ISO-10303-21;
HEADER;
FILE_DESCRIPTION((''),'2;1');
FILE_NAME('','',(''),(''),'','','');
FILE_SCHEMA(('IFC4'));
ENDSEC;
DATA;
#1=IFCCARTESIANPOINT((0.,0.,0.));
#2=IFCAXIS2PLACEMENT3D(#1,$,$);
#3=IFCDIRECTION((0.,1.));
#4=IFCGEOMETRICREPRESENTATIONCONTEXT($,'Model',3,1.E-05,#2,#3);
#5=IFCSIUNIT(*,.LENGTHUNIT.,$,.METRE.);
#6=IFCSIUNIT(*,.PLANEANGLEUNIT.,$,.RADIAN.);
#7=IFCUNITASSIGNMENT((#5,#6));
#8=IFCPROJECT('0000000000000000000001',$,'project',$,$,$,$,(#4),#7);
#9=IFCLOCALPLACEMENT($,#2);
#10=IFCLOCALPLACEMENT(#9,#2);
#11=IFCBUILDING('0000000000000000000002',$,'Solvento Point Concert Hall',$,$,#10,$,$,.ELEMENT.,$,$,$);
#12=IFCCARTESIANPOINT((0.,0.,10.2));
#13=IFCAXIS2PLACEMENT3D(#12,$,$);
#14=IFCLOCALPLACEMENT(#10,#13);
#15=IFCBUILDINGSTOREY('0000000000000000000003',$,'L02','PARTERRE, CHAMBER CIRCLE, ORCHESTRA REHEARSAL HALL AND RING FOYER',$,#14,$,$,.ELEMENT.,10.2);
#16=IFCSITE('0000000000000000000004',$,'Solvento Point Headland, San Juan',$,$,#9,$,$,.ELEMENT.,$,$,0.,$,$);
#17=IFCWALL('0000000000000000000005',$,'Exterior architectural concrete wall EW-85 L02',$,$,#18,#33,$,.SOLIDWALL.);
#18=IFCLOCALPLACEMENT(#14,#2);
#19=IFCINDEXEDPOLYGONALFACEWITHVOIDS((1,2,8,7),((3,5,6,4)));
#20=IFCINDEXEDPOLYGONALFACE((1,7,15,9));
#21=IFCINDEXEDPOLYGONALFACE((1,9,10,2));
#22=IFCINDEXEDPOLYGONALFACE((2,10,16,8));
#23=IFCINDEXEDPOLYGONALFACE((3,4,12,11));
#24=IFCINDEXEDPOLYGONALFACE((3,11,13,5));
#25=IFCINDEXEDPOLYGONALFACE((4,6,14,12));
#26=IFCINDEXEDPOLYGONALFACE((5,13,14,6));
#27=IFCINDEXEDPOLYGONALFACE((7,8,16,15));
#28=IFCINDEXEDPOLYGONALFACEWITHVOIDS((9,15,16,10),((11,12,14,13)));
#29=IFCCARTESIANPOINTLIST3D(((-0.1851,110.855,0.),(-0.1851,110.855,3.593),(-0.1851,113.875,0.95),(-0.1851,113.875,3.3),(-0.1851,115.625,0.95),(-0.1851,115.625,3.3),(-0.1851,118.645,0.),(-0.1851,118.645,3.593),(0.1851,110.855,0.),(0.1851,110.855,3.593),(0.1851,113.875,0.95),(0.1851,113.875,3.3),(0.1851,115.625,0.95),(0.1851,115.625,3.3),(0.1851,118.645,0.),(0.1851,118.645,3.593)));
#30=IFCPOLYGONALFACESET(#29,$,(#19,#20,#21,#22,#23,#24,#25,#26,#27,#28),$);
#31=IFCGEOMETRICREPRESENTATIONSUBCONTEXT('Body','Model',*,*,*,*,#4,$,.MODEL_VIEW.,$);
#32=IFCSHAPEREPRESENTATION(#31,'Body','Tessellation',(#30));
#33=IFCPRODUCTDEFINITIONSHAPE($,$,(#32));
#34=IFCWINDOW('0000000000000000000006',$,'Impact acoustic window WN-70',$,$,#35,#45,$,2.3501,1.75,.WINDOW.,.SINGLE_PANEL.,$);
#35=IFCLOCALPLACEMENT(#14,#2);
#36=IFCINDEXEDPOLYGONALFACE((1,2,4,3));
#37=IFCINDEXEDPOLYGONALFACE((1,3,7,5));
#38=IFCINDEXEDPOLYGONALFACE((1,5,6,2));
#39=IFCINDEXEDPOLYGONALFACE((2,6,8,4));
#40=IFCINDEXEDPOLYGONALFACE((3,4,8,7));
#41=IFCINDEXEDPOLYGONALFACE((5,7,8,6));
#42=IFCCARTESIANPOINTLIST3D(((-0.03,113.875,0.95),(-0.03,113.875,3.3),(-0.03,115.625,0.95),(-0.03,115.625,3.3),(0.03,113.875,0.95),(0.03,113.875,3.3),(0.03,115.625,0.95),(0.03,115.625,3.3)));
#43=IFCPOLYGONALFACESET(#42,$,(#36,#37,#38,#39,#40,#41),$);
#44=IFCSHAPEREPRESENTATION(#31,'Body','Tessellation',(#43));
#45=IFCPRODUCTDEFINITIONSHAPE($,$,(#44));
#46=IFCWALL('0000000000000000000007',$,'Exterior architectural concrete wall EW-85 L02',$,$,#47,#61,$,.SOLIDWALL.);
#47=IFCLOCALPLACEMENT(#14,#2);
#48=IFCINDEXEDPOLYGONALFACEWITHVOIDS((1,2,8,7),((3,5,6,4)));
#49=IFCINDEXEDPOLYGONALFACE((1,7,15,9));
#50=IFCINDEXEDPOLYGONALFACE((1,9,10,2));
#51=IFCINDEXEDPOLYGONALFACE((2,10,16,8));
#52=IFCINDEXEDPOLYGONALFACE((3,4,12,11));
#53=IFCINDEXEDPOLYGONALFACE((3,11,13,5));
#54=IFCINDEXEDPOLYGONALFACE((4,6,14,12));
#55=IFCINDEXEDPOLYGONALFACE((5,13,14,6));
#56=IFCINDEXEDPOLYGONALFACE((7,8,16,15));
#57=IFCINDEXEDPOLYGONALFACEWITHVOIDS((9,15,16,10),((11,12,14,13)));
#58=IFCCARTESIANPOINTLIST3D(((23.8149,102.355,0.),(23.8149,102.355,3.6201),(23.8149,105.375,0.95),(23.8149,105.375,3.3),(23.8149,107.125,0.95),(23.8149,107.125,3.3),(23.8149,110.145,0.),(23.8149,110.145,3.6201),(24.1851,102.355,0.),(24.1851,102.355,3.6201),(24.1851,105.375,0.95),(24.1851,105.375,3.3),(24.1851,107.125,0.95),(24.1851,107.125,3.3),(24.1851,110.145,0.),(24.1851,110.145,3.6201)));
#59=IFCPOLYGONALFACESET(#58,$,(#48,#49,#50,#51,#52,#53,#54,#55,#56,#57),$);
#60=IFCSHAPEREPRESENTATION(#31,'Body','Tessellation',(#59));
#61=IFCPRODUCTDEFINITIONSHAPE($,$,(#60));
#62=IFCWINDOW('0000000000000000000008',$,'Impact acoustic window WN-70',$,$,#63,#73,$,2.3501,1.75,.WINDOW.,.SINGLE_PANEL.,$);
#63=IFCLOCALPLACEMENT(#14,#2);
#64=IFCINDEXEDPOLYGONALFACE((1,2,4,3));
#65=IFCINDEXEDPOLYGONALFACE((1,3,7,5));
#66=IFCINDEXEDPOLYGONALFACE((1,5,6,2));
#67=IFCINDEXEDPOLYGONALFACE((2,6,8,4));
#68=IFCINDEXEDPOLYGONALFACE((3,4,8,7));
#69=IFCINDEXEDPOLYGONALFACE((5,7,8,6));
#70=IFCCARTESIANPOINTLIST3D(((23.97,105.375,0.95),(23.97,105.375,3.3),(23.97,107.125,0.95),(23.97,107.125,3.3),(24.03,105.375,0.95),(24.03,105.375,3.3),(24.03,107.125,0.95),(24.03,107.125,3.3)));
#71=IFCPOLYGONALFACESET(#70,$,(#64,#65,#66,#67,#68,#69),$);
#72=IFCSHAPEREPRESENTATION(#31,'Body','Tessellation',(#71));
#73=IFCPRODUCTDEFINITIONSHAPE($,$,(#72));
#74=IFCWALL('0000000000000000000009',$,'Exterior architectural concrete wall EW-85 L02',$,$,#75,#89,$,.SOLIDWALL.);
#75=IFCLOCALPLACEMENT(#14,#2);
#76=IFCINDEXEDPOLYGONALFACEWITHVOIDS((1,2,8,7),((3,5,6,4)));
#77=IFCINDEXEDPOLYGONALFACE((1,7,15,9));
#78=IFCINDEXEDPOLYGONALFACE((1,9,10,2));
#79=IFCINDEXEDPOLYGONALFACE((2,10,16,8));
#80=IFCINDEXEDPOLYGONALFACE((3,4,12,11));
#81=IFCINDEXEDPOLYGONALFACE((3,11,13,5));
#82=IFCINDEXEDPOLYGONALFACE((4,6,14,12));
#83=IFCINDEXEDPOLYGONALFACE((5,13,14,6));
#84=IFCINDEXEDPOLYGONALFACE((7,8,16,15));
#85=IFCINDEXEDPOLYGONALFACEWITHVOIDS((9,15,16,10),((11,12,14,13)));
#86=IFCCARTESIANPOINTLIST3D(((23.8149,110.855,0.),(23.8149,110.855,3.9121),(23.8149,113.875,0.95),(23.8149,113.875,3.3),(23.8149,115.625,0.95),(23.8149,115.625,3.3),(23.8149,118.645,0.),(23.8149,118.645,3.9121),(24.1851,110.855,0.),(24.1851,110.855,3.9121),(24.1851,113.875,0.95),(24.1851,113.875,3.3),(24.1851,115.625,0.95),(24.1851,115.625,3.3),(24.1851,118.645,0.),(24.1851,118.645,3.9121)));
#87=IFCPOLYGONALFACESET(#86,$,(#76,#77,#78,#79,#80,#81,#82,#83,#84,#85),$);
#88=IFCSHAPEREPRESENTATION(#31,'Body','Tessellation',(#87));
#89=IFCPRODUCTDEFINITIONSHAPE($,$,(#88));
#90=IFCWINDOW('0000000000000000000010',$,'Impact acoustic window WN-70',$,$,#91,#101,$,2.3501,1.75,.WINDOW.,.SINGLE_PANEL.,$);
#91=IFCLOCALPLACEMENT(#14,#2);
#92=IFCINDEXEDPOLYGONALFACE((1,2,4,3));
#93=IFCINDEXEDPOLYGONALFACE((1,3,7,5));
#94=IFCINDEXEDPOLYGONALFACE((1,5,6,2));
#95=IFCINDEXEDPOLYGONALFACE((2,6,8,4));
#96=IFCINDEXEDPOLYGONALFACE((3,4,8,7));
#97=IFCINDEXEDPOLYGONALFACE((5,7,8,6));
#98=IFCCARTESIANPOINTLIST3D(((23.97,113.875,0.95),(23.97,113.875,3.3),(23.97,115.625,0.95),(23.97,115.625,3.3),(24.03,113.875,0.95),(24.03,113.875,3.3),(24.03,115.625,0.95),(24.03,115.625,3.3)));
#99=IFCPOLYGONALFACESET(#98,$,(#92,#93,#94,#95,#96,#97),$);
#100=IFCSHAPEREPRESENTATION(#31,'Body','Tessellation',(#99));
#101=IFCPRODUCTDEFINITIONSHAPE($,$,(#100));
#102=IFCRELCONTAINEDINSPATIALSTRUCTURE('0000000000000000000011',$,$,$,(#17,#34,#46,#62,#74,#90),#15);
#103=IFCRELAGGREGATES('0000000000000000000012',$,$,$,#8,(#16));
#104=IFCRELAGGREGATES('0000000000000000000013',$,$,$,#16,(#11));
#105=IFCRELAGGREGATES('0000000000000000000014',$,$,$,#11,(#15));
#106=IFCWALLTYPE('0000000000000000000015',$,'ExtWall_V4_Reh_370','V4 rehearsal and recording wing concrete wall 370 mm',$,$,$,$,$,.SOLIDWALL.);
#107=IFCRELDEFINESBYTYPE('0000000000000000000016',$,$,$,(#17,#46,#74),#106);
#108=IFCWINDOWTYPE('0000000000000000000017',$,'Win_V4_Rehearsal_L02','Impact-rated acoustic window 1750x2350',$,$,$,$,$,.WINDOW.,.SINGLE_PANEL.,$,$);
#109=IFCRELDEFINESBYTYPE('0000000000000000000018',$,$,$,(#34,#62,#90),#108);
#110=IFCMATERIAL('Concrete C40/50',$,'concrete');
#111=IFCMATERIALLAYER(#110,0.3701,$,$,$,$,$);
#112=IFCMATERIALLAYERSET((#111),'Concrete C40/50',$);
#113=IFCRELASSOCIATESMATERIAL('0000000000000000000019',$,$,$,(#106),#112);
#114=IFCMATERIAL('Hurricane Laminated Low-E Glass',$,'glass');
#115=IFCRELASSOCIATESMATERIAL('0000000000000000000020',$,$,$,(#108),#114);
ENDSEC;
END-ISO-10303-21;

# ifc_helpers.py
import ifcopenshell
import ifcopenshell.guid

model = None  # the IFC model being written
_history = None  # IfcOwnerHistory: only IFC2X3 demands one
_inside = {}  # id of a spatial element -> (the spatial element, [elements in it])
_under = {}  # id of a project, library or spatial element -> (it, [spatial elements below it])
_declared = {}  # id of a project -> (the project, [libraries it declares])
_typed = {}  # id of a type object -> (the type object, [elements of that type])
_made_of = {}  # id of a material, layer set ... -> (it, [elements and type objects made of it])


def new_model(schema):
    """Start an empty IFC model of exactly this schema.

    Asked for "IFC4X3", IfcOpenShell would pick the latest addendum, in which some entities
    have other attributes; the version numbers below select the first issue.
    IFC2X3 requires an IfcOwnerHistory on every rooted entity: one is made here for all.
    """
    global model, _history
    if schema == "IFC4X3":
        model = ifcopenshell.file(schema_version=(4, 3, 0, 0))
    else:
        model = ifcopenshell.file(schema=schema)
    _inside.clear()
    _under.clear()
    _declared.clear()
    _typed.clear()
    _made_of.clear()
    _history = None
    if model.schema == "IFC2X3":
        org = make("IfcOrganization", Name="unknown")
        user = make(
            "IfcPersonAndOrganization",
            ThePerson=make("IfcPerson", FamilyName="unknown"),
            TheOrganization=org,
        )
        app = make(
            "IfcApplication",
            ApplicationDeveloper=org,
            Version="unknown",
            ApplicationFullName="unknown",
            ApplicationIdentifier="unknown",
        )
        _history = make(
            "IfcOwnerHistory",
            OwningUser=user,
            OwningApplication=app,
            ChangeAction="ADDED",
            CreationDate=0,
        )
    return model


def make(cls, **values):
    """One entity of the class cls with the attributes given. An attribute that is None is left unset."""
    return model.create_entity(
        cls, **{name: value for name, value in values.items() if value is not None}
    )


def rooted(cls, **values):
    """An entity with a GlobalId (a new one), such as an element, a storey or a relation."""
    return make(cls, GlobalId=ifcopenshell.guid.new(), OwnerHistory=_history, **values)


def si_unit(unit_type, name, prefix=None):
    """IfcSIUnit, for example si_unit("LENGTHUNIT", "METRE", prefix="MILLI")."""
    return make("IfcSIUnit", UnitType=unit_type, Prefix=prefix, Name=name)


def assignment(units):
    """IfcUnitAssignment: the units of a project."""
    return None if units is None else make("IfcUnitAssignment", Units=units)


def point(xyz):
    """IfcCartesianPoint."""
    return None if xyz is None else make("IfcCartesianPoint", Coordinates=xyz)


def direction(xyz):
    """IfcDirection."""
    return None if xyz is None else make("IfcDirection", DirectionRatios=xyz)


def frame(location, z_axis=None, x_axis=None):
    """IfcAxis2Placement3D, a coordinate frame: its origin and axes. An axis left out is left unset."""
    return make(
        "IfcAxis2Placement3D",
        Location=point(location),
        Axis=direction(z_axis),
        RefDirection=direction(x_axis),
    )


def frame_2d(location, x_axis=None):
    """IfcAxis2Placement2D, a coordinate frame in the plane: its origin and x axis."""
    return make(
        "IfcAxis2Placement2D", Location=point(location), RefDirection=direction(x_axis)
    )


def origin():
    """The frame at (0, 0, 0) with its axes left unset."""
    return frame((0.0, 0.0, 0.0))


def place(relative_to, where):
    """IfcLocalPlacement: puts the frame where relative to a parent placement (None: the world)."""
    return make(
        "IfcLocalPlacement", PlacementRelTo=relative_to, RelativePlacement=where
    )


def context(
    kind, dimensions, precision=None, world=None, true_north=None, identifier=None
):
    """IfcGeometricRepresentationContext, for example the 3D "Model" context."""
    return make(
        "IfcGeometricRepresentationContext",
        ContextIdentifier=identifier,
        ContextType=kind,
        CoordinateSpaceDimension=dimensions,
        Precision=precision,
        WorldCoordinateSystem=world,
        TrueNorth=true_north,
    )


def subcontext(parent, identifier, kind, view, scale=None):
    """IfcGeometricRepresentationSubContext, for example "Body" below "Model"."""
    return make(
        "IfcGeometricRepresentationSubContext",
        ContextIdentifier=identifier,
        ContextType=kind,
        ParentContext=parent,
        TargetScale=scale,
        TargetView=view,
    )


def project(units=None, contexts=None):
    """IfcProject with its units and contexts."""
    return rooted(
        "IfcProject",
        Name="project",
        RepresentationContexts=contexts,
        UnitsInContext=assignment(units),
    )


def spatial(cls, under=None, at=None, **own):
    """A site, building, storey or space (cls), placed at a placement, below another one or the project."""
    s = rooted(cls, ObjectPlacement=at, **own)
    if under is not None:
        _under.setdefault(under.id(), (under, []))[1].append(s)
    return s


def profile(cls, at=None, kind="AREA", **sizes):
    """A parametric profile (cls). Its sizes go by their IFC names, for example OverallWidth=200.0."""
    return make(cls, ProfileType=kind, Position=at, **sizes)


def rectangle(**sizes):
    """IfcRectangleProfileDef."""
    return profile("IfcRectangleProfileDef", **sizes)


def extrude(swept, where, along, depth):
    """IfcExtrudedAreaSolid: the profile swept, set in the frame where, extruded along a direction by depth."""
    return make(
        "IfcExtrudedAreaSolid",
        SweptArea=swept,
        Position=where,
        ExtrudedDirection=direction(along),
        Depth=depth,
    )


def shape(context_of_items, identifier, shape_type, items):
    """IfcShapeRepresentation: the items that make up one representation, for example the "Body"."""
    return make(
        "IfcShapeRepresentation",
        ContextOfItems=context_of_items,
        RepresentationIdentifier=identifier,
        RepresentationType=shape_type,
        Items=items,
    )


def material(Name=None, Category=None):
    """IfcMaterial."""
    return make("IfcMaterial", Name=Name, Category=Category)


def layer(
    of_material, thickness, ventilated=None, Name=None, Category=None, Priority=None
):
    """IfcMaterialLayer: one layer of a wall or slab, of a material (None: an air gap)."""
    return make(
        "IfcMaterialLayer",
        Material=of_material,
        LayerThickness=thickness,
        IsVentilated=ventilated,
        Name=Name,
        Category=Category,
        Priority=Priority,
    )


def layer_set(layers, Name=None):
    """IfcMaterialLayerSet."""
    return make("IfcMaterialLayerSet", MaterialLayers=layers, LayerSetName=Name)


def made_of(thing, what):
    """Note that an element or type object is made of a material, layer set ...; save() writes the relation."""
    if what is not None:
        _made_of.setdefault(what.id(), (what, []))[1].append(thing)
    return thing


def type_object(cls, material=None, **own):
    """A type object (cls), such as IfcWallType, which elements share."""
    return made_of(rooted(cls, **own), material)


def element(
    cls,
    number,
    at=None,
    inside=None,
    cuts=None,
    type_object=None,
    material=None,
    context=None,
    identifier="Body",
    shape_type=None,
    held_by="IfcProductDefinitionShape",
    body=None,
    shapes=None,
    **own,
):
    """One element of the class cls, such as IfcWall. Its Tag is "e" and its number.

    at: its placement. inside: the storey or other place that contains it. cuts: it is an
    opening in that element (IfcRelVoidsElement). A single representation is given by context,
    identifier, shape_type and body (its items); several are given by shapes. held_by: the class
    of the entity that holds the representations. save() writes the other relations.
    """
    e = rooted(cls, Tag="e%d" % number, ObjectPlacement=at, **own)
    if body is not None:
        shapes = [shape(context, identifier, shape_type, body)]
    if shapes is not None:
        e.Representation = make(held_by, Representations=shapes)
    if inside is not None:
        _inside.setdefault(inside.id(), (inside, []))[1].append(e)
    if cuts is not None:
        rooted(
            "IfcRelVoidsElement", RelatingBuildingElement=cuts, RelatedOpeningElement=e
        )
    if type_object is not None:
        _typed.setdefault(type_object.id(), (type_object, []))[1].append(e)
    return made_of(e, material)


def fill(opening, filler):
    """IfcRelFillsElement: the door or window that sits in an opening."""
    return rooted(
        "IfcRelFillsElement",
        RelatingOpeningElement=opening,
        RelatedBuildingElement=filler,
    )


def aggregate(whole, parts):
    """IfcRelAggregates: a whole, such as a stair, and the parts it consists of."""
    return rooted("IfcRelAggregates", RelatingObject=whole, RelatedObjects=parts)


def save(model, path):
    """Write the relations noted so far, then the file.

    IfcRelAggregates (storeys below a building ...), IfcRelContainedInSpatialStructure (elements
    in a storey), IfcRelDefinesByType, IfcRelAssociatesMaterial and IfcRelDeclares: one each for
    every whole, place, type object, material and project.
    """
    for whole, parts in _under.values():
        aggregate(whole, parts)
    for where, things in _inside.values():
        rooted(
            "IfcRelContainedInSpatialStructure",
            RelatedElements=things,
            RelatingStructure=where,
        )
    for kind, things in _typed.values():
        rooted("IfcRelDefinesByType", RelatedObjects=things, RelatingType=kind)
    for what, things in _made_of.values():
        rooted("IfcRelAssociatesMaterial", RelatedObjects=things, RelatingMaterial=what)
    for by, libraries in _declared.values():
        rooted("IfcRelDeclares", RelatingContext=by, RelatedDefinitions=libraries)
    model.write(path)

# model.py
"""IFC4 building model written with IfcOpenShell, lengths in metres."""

from ifc_helpers import new_model, si_unit, direction, frame, frame_2d, origin, place, context, subcontext, project, spatial, rectangle, extrude, material, layer, layer_set, type_object, element, fill, save


model = new_model("IFC4")

# Units and contexts
model_context = context("Model", 3, precision=1e-05, world=origin(), true_north=direction((0.0, 1.0)))
body_context = subcontext(model_context, "Body", "Model", "MODEL_VIEW")
ifc_project = project(units=[si_unit("LENGTHUNIT", "METRE"), si_unit("PLANEANGLEUNIT", "RADIAN")], contexts=[model_context])

# Site, building, storey
site_placement = place(None, origin())
site = spatial("IfcSite", under=ifc_project, at=site_placement, Name="Solvento Point Headland, San Juan", CompositionType="ELEMENT", RefElevation=0.0)
building_placement = place(site_placement, origin())
building = spatial("IfcBuilding", under=site, at=building_placement, Name="Solvento Point Concert Hall", CompositionType="ELEMENT")
storey_placement = place(building_placement, frame((0.0, 0.0, 10.2)))
storey = spatial("IfcBuildingStorey", under=building, at=storey_placement, Name="L02", Description="PARTERRE, CHAMBER CIRCLE, ORCHESTRA REHEARSAL HALL AND RING FOYER", CompositionType="ELEMENT", Elevation=10.2)

# Walls, openings, windows
ifc_material_1 = material(Name="Concrete C40/50", Category="concrete")
ifc_layer_1 = layer(ifc_material_1, 0.3701)
ifc_layer_set_1 = layer_set([ifc_layer_1], Name="Concrete C40/50")
wall_type_1 = type_object("IfcWallType", Name="ExtWall_V4_Reh_370", Description="V4 rehearsal and recording wing concrete wall 370 mm", PredefinedType="SOLIDWALL", material=ifc_layer_set_1)
wall_1_placement = place(storey_placement, frame((0.0, 110.855, 0.0), z_axis=(0.0, 0.0, 1.0), x_axis=(0.0, 1.0, 0.0)))
wall_1 = element("IfcWall", 1, at=wall_1_placement, inside=storey, type_object=wall_type_1, Name="Exterior architectural concrete wall EW-85 L02", PredefinedType="SOLIDWALL", context=body_context, shape_type="SweptSolid", body=[
    extrude(rectangle(XDim=7.79, YDim=0.3701, at=frame_2d((3.895, 0.0))), origin(), (0.0, 0.0, 1.0), 3.593),
])
opening_1_placement = place(wall_1_placement, frame((3.02, 0.0, 0.95)))
opening_1 = element("IfcOpeningElement", 2, at=opening_1_placement, cuts=wall_1, PredefinedType="OPENING", context=body_context, shape_type="SweptSolid", body=[
    extrude(rectangle(XDim=1.75, YDim=2.3501, at=frame_2d((0.875, 1.175))), frame((0.0, 0.1951, 0.0), z_axis=(0.0, -1.0, 0.0), x_axis=(1.0, 0.0, 0.0)), (0.0, 0.0, 1.0), 0.3901),
])
ifc_material_2 = material(Name="Hurricane Laminated Low-E Glass", Category="glass")
window_type = type_object("IfcWindowType", Name="Win_V4_Rehearsal_L02", Description="Impact-rated acoustic window 1750x2350", PartitioningType="SINGLE_PANEL", PredefinedType="WINDOW", material=ifc_material_2)
window_1_placement = place(opening_1_placement, origin())
window_1 = element("IfcWindow", 3, at=window_1_placement, inside=storey, type_object=window_type, Name="Impact acoustic window WN-70", OverallHeight=2.3501, OverallWidth=1.75, PartitioningType="SINGLE_PANEL", PredefinedType="WINDOW", context=body_context, shape_type="SweptSolid", body=[
    extrude(rectangle(XDim=1.75, YDim=2.3501, at=frame_2d((0.875, 1.175))), frame((0.0, 0.03, 0.0), z_axis=(0.0, -1.0, 0.0), x_axis=(1.0, 0.0, 0.0)), (0.0, 0.0, 1.0), 0.0601),
])
fill(opening_1, window_1)
wall_2_placement = place(storey_placement, frame((24.0, 110.145, 0.0), z_axis=(0.0, 0.0, 1.0), x_axis=(0.0, -1.0, 0.0)))
wall_2 = element("IfcWall", 4, at=wall_2_placement, inside=storey, type_object=wall_type_1, Name="Exterior architectural concrete wall EW-85 L02", PredefinedType="SOLIDWALL", context=body_context, shape_type="SweptSolid", body=[
    extrude(rectangle(XDim=7.79, YDim=0.3701, at=frame_2d((3.895, 0.0))), origin(), (0.0, 0.0, 1.0), 3.6201),
])
opening_2_placement = place(wall_2_placement, frame((3.02, 0.0, 0.95)))
opening_2 = element("IfcOpeningElement", 5, at=opening_2_placement, cuts=wall_2, PredefinedType="OPENING", context=body_context, shape_type="SweptSolid", body=[
    extrude(rectangle(XDim=1.75, YDim=2.3501, at=frame_2d((0.875, 1.175))), frame((0.0, 0.1951, 0.0), z_axis=(0.0, -1.0, 0.0), x_axis=(1.0, 0.0, 0.0)), (0.0, 0.0, 1.0), 0.3901),
])
window_2_placement = place(opening_2_placement, origin())
window_2 = element("IfcWindow", 6, at=window_2_placement, inside=storey, type_object=window_type, Name="Impact acoustic window WN-70", OverallHeight=2.3501, OverallWidth=1.75, PartitioningType="SINGLE_PANEL", PredefinedType="WINDOW", context=body_context, shape_type="SweptSolid", body=[
    extrude(rectangle(XDim=1.75, YDim=2.3501, at=frame_2d((0.875, 1.175))), frame((0.0, 0.03, 0.0), z_axis=(0.0, -1.0, 0.0), x_axis=(1.0, 0.0, 0.0)), (0.0, 0.0, 1.0), 0.0601),
])
fill(opening_2, window_2)
wall_3_placement = place(storey_placement, frame((24.0, 118.645, 0.0), z_axis=(0.0, 0.0, 1.0), x_axis=(0.0, -1.0, 0.0)))
wall_3 = element("IfcWall", 7, at=wall_3_placement, inside=storey, type_object=wall_type_1, Name="Exterior architectural concrete wall EW-85 L02", PredefinedType="SOLIDWALL", context=body_context, shape_type="SweptSolid", body=[
    extrude(rectangle(XDim=7.79, YDim=0.3701, at=frame_2d((3.895, 0.0))), origin(), (0.0, 0.0, 1.0), 3.9121),
])
opening_3_placement = place(wall_3_placement, frame((3.02, 0.0, 0.95)))
opening_3 = element("IfcOpeningElement", 8, at=opening_3_placement, cuts=wall_3, PredefinedType="OPENING", context=body_context, shape_type="SweptSolid", body=[
    extrude(rectangle(XDim=1.75, YDim=2.3501, at=frame_2d((0.875, 1.175))), frame((0.0, 0.1951, 0.0), z_axis=(0.0, -1.0, 0.0), x_axis=(1.0, 0.0, 0.0)), (0.0, 0.0, 1.0), 0.3901),
])
window_3_placement = place(opening_3_placement, origin())
window_3 = element("IfcWindow", 9, at=window_3_placement, inside=storey, type_object=window_type, Name="Impact acoustic window WN-70", OverallHeight=2.3501, OverallWidth=1.75, PartitioningType="SINGLE_PANEL", PredefinedType="WINDOW", context=body_context, shape_type="SweptSolid", body=[
    extrude(rectangle(XDim=1.75, YDim=2.3501, at=frame_2d((0.875, 1.175))), frame((0.0, 0.03, 0.0), z_axis=(0.0, -1.0, 0.0), x_axis=(1.0, 0.0, 0.0)), (0.0, 0.0, 1.0), 0.0601),
])
fill(opening_3, window_3)

save(model, "model.ifc")
